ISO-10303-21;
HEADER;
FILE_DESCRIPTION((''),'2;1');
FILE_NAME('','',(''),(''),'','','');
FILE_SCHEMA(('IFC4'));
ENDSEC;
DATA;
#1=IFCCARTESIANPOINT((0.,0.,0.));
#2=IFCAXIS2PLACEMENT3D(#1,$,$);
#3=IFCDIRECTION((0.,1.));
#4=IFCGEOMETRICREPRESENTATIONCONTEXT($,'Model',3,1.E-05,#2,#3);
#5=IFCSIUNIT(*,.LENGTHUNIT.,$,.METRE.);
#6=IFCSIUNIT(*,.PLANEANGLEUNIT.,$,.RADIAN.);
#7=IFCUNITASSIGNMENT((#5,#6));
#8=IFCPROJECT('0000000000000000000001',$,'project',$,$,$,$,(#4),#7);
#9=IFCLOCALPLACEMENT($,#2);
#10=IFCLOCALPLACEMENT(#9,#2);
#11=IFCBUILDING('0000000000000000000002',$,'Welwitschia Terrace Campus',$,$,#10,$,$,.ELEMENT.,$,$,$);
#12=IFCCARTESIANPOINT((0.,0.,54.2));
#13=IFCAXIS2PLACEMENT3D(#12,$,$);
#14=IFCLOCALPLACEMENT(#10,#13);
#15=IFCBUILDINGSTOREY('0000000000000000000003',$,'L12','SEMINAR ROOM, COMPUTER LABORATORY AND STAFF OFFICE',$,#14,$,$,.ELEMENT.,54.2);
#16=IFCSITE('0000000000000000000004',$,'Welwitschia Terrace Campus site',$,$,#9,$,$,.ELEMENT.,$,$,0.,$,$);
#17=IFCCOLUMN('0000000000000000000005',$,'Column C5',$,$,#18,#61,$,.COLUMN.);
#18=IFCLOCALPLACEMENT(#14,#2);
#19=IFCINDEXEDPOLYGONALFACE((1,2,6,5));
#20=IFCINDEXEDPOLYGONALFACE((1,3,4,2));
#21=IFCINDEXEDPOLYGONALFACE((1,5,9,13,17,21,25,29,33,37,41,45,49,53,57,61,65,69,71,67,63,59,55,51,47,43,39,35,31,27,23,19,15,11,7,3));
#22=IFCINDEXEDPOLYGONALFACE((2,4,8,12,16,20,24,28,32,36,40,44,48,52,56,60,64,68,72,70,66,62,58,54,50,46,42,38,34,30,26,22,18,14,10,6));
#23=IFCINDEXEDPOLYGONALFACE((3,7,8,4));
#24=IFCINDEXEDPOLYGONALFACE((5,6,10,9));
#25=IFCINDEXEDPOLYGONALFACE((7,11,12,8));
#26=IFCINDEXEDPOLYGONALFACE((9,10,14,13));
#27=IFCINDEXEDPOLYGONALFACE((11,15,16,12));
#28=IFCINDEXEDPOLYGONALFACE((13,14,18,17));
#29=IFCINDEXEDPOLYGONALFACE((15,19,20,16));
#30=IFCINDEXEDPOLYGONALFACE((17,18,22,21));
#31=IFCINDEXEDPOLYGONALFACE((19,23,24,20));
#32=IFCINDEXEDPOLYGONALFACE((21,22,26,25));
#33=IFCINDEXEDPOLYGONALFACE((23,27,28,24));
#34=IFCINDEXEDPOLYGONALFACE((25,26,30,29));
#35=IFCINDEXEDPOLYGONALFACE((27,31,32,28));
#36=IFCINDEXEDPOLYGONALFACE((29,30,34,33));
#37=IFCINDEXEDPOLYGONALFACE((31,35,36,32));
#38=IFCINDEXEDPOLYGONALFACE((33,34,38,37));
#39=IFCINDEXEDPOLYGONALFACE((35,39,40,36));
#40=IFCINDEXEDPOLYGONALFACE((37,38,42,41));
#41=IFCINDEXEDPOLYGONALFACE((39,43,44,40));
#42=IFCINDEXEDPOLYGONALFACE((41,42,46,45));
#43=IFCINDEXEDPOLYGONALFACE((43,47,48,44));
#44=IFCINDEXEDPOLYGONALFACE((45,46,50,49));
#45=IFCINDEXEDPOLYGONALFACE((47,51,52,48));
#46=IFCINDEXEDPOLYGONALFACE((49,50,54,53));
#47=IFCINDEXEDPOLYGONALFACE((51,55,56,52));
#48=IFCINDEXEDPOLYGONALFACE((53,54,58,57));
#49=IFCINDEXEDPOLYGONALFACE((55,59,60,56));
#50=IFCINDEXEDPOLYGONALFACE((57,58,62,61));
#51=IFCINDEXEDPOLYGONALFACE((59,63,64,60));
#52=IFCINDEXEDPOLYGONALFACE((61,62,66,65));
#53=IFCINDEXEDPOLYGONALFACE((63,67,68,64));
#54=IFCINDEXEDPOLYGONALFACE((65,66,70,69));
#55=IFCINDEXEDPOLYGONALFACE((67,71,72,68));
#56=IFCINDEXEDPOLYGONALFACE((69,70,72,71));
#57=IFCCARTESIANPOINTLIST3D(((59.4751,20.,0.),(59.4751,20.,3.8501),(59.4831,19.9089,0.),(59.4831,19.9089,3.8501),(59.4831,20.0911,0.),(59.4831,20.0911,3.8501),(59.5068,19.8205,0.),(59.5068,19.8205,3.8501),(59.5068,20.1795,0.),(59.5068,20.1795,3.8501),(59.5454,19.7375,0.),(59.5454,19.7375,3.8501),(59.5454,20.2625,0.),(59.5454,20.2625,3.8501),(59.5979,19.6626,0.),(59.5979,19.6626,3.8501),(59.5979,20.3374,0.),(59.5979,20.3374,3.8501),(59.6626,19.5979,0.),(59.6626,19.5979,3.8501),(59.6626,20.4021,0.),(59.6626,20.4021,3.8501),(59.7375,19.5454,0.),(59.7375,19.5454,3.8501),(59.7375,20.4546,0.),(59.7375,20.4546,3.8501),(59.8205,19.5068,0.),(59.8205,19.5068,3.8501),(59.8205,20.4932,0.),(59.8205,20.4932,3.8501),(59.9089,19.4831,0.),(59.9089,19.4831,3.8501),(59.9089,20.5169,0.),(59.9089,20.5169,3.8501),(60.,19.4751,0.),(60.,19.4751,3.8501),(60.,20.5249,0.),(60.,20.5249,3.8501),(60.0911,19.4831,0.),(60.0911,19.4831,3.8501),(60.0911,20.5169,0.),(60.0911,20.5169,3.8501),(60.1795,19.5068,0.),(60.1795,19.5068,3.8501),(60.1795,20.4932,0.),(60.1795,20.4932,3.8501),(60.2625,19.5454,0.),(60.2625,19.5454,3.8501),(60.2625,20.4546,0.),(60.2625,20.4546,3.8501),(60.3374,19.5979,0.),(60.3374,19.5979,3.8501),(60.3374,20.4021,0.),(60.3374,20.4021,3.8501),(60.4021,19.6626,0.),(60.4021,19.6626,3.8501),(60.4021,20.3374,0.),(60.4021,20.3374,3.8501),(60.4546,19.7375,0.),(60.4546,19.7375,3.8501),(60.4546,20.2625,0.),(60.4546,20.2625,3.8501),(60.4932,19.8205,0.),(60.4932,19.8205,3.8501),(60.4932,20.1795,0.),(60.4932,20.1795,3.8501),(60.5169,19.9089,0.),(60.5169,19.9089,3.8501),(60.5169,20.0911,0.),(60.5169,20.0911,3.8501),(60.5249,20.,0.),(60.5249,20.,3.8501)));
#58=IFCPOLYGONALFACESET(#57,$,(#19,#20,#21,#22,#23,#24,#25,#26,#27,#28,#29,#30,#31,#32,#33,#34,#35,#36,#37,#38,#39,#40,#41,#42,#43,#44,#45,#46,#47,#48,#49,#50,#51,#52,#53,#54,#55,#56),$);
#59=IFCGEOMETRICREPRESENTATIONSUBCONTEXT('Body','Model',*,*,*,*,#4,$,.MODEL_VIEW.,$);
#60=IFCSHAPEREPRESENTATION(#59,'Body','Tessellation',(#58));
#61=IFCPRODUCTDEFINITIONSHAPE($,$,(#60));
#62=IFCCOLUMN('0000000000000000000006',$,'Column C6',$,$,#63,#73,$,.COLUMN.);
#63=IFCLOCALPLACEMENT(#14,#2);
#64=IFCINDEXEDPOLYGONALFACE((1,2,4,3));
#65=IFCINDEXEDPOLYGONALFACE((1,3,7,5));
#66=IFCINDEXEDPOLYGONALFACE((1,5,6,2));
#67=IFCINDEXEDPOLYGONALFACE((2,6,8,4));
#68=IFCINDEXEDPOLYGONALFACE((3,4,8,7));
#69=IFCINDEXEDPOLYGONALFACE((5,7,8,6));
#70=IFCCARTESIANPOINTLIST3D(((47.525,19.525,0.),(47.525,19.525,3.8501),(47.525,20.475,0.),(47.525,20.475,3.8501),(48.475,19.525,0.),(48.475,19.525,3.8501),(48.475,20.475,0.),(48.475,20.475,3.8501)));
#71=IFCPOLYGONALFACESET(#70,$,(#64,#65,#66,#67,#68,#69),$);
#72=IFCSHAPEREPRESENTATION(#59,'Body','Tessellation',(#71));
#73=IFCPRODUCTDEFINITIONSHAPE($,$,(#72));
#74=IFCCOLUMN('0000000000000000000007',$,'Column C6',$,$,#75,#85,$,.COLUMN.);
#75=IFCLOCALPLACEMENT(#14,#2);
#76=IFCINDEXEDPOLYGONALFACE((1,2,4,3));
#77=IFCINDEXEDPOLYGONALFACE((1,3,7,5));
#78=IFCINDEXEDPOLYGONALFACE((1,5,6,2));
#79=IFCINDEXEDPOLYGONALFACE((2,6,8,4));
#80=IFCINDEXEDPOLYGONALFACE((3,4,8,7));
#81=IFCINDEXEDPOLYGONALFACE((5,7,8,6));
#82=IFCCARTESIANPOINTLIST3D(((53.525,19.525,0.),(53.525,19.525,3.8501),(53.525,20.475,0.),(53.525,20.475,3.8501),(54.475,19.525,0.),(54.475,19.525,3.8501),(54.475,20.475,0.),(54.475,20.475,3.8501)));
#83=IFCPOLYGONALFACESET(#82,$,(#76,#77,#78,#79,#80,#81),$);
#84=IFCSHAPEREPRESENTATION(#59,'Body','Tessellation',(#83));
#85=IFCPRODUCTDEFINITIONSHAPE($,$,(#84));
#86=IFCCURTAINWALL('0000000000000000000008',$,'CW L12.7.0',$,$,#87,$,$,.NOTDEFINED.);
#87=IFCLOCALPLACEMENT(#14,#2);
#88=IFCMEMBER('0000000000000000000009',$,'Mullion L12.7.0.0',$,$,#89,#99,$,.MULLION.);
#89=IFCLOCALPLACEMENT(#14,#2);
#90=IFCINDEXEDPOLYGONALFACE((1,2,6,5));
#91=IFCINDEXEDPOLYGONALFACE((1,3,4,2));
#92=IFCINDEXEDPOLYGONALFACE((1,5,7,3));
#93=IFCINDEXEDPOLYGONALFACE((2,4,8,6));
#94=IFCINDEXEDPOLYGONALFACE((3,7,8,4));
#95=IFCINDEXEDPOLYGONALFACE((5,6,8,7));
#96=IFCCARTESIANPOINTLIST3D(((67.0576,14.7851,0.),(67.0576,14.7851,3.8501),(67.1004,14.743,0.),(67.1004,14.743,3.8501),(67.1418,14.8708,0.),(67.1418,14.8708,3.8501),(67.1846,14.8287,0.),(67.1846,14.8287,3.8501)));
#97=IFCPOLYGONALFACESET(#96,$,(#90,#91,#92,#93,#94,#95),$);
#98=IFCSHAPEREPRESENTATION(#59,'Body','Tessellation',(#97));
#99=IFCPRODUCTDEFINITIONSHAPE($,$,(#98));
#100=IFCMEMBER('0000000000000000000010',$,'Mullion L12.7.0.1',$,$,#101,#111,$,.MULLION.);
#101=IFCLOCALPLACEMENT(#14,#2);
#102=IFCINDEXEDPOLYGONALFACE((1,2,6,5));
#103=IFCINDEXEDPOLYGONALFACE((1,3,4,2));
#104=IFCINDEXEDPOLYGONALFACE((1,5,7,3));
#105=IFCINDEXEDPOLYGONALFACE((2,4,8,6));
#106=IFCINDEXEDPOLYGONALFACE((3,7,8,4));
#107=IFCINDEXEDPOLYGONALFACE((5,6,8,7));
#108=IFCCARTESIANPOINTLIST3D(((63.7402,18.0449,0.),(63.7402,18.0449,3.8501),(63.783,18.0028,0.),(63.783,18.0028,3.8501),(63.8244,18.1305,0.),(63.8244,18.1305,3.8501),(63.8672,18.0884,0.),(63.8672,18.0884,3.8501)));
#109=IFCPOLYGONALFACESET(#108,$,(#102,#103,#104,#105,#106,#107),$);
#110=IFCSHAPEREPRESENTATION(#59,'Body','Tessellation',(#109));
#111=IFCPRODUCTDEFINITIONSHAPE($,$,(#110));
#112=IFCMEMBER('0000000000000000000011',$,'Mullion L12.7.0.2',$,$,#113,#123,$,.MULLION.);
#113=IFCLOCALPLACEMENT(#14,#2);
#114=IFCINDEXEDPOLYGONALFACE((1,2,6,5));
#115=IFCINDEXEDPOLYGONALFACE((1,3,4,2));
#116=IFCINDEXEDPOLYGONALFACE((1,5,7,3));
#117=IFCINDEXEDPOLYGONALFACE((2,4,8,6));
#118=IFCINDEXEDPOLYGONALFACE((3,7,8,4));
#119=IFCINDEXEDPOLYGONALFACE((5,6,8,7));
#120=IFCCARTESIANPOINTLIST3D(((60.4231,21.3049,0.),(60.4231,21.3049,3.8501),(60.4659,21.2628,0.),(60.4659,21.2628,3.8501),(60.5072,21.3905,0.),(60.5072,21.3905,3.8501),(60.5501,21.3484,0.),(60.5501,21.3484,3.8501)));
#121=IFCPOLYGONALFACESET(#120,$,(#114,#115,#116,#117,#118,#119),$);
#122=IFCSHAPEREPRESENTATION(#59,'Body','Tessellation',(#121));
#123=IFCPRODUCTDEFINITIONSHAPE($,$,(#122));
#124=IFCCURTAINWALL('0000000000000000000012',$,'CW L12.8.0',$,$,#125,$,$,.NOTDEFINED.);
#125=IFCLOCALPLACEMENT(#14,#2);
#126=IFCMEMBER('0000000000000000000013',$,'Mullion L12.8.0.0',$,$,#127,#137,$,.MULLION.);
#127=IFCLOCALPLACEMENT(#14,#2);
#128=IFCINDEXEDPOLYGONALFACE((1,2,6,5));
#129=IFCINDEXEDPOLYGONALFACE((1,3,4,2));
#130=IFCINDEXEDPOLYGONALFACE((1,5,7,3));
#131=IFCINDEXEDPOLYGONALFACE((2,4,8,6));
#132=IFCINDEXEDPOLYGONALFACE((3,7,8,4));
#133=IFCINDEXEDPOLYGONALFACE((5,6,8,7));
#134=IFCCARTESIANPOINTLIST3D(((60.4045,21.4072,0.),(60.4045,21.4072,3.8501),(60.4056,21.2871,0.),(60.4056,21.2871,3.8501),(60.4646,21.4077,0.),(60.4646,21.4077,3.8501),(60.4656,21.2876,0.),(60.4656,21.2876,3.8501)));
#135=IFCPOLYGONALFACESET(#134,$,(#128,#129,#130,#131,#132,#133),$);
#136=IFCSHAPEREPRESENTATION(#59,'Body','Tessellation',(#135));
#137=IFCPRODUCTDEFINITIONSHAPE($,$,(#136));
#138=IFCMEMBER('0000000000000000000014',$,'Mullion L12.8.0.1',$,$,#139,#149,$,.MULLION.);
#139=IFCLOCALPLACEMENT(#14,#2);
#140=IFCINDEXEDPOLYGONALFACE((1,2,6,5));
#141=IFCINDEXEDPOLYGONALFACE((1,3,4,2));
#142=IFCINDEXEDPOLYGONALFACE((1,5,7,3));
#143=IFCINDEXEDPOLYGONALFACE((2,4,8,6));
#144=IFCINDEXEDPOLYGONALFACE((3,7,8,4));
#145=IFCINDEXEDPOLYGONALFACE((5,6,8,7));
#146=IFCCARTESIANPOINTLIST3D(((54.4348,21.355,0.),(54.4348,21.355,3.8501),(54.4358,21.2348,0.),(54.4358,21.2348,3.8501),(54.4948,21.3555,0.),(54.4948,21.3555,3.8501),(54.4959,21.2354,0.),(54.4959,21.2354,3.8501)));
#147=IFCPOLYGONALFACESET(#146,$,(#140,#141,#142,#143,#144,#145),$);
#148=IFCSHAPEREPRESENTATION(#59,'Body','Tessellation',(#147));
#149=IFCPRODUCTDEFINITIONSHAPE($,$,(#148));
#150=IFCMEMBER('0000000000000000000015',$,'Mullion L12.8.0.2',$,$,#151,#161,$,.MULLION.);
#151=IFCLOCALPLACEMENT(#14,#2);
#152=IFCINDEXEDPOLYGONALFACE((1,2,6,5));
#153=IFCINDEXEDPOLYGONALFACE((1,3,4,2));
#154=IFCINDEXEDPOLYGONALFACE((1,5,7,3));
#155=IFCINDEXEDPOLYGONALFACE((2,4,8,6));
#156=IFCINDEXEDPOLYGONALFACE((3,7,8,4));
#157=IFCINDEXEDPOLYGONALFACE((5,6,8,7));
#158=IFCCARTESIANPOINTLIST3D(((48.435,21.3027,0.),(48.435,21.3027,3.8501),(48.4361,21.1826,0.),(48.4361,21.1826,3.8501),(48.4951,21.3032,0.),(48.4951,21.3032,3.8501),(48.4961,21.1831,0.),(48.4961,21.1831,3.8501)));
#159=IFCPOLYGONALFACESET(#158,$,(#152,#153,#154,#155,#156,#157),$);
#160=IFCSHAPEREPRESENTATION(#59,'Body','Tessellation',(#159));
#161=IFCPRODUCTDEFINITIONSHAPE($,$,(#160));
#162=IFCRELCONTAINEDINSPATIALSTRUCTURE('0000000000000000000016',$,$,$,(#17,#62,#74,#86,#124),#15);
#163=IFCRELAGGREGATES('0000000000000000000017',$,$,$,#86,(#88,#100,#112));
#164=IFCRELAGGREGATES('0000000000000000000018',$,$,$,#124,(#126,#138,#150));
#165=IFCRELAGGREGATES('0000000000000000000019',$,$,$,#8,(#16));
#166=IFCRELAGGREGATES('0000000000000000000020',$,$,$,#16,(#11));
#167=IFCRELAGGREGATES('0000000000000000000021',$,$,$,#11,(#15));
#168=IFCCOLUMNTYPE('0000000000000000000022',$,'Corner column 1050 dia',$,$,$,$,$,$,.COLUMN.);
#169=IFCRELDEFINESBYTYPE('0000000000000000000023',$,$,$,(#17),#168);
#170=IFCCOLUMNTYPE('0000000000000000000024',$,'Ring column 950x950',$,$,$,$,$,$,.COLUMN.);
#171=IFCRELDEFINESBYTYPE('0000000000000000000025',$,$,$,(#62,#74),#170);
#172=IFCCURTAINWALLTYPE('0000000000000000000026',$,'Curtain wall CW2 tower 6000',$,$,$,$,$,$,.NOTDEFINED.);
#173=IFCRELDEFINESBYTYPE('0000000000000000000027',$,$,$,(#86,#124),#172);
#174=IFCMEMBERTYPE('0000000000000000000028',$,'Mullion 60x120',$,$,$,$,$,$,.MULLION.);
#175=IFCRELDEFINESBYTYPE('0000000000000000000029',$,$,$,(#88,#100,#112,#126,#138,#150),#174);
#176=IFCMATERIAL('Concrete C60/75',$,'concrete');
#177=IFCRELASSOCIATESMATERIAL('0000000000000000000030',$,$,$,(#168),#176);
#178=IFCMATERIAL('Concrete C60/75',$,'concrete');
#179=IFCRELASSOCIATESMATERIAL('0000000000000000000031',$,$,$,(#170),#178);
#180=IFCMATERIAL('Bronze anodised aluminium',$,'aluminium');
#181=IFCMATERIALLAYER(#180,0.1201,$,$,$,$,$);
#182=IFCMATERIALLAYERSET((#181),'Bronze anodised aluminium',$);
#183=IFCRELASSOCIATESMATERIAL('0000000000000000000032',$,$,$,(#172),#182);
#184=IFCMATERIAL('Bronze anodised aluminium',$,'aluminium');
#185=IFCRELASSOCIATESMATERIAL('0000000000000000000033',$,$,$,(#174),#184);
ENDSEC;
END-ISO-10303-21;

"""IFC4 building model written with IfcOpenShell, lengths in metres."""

from ifc_helpers import new_model, si_unit, direction, frame, origin, origin_2d, place, context, subcontext, project, spatial, rectangle, circle, extrude, material, layer, layer_set, material_profile, profile_set, type_object, element, aggregate, save


model = new_model("IFC4")

# Units and contexts
model_context = context("Model", 3, precision=1e-05, world=origin(), true_north=direction((0.0, 1.0)))
body_context = subcontext(model_context, "Body", "Model", "MODEL_VIEW")
ifc_project = project(units=[si_unit("LENGTHUNIT", "METRE"), si_unit("PLANEANGLEUNIT", "RADIAN")], contexts=[model_context])

# Site, building, storey
site_placement = place(None, origin())
site = spatial("IfcSite", under=ifc_project, at=site_placement, Name="Welwitschia Terrace Campus site", CompositionType="ELEMENT", RefElevation=0.0)
building_placement = place(site_placement, origin())
building = spatial("IfcBuilding", under=site, at=building_placement, Name="Welwitschia Terrace Campus", CompositionType="ELEMENT")
storey_placement = place(building_placement, frame((0.0, 0.0, 54.2)))
storey = spatial("IfcBuildingStorey", under=building, at=storey_placement, Name="L12", Description="SEMINAR ROOM, COMPUTER LABORATORY AND STAFF OFFICE", CompositionType="ELEMENT", Elevation=54.2)

# Columns
ifc_material_1 = material(Name="Concrete C60/75", Category="concrete")
ifc_material_profile_1 = material_profile(ifc_material_1, circle(Radius=0.5249, at=origin_2d()))
ifc_profile_set_1 = profile_set([ifc_material_profile_1], Name="Concrete C60/75")
column_type_1 = type_object("IfcColumnType", Name="Corner column 1050 dia", PredefinedType="COLUMN", material=ifc_profile_set_1)
column_placement = place(storey_placement, frame((60.0, 20.0, 0.0), z_axis=(0.0, 0.0, 1.0), x_axis=(1.0, 0.0, 0.0)))
element("IfcColumn", 1, at=column_placement, inside=storey, type_object=column_type_1, Name="Column C5", PredefinedType="COLUMN", context=body_context, shape_type="SweptSolid", body=[
    extrude(circle(Radius=0.5249, at=origin_2d()), origin(), (0.0, 0.0, 1.0), 3.8501),
])
ifc_material_2 = material(Name="Concrete C60/75", Category="concrete")
ifc_material_profile_2 = material_profile(ifc_material_2, rectangle(XDim=0.95, YDim=0.95, at=origin_2d()))
ifc_profile_set_2 = profile_set([ifc_material_profile_2], Name="Concrete C60/75")
column_type_2 = type_object("IfcColumnType", Name="Ring column 950x950", PredefinedType="COLUMN", material=ifc_profile_set_2)
for number, where, z_axis, x_axis, name in (
    (2, (48.0, 20.0, 0.0), (0.0, 0.0, 1.0), (1.0, 0.0, 0.0), "Column C6"),
    (3, (54.0, 20.0, 0.0), (0.0, 0.0, 1.0), (1.0, 0.0, 0.0), "Column C6"),
):
    element("IfcColumn", number, at=place(storey_placement, frame(where, z_axis=z_axis, x_axis=x_axis)), inside=storey, type_object=column_type_2, Name=name, PredefinedType="COLUMN", context=body_context, shape_type="SweptSolid", body=[
        extrude(rectangle(XDim=0.95, YDim=0.95, at=origin_2d()), origin(), (0.0, 0.0, 1.0), 3.8501),
    ])

# Curtain walls, members
ifc_material_3 = material(Name="Bronze anodised aluminium", Category="aluminium")
ifc_layer_1 = layer(ifc_material_3, 0.1201)
ifc_layer_set_1 = layer_set([ifc_layer_1], Name="Bronze anodised aluminium")
curtain_wall_type = type_object("IfcCurtainWallType", Name="Curtain wall CW2 tower 6000", PredefinedType="NOTDEFINED", material=ifc_layer_set_1)
curtain_wall_1_placement = place(storey_placement, origin())
curtain_wall_1 = element("IfcCurtainWall", 4, at=curtain_wall_1_placement, inside=storey, type_object=curtain_wall_type, Name="CW L12.7.0", PredefinedType="NOTDEFINED")
ifc_material_4 = material(Name="Bronze anodised aluminium", Category="aluminium")
ifc_material_profile_3 = material_profile(ifc_material_4, rectangle(XDim=0.1201, YDim=0.0601, at=origin_2d()))
ifc_profile_set_3 = profile_set([ifc_material_profile_3], Name="Bronze anodised aluminium")
member_type_1 = type_object("IfcMemberType", Name="Mullion 60x120", PredefinedType="MULLION", material=ifc_profile_set_3)
member_1_placement = place(storey_placement, frame((67.1211, 14.8069, 0.0), z_axis=(0.0, 0.0, 1.0), x_axis=(-0.700909, -0.71325, 0.0)))
member_1 = element("IfcMember", 5, at=member_1_placement, type_object=member_type_1, Name="Mullion L12.7.0.0", PredefinedType="MULLION", context=body_context, shape_type="SweptSolid", body=[
    extrude(rectangle(XDim=0.1201, YDim=0.0601, at=origin_2d()), origin(), (0.0, 0.0, 1.0), 3.8501),
])
member_2_placement = place(storey_placement, frame((63.8037, 18.0667, 0.0), z_axis=(0.0, 0.0, 1.0), x_axis=(-0.700909, -0.71325, 0.0)))
member_2 = element("IfcMember", 6, at=member_2_placement, type_object=member_type_1, Name="Mullion L12.7.0.1", PredefinedType="MULLION", context=body_context, shape_type="SweptSolid", body=[
    extrude(rectangle(XDim=0.1201, YDim=0.0601, at=origin_2d()), origin(), (0.0, 0.0, 1.0), 3.8501),
])
member_3_placement = place(storey_placement, frame((60.4866, 21.3267, 0.0), z_axis=(0.0, 0.0, 1.0), x_axis=(-0.700909, -0.71325, 0.0)))
member_3 = element("IfcMember", 7, at=member_3_placement, type_object=member_type_1, Name="Mullion L12.7.0.2", PredefinedType="MULLION", context=body_context, shape_type="SweptSolid", body=[
    extrude(rectangle(XDim=0.1201, YDim=0.0601, at=origin_2d()), origin(), (0.0, 0.0, 1.0), 3.8501),
])
curtain_wall_2_placement = place(storey_placement, origin())
curtain_wall_2 = element("IfcCurtainWall", 8, at=curtain_wall_2_placement, inside=storey, type_object=curtain_wall_type, Name="CW L12.8.0", PredefinedType="NOTDEFINED")
member_4_placement = place(storey_placement, frame((60.4351, 21.3474, 0.0), z_axis=(0.0, 0.0, 1.0), x_axis=(0.008727, -0.999962, 0.0)))
member_4 = element("IfcMember", 9, at=member_4_placement, type_object=member_type_1, Name="Mullion L12.8.0.0", PredefinedType="MULLION", context=body_context, shape_type="SweptSolid", body=[
    extrude(rectangle(XDim=0.1201, YDim=0.0601, at=origin_2d()), origin(), (0.0, 0.0, 1.0), 3.8501),
])
member_5_placement = place(storey_placement, frame((54.4653, 21.2952, 0.0), z_axis=(0.0, 0.0, 1.0), x_axis=(0.008727, -0.999962, 0.0)))
member_5 = element("IfcMember", 10, at=member_5_placement, type_object=member_type_1, Name="Mullion L12.8.0.1", PredefinedType="MULLION", context=body_context, shape_type="SweptSolid", body=[
    extrude(rectangle(XDim=0.1201, YDim=0.0601, at=origin_2d()), origin(), (0.0, 0.0, 1.0), 3.8501),
])
member_6_placement = place(storey_placement, frame((48.4656, 21.2429, 0.0), z_axis=(0.0, 0.0, 1.0), x_axis=(0.008727, -0.999962, 0.0)))
member_6 = element("IfcMember", 11, at=member_6_placement, type_object=member_type_1, Name="Mullion L12.8.0.2", PredefinedType="MULLION", context=body_context, shape_type="SweptSolid", body=[
    extrude(rectangle(XDim=0.1201, YDim=0.0601, at=origin_2d()), origin(), (0.0, 0.0, 1.0), 3.8501),
])

aggregate(curtain_wall_1, [member_1, member_2, member_3])
aggregate(curtain_wall_2, [member_4, member_5, member_6])

save(model, "model.ifc")
